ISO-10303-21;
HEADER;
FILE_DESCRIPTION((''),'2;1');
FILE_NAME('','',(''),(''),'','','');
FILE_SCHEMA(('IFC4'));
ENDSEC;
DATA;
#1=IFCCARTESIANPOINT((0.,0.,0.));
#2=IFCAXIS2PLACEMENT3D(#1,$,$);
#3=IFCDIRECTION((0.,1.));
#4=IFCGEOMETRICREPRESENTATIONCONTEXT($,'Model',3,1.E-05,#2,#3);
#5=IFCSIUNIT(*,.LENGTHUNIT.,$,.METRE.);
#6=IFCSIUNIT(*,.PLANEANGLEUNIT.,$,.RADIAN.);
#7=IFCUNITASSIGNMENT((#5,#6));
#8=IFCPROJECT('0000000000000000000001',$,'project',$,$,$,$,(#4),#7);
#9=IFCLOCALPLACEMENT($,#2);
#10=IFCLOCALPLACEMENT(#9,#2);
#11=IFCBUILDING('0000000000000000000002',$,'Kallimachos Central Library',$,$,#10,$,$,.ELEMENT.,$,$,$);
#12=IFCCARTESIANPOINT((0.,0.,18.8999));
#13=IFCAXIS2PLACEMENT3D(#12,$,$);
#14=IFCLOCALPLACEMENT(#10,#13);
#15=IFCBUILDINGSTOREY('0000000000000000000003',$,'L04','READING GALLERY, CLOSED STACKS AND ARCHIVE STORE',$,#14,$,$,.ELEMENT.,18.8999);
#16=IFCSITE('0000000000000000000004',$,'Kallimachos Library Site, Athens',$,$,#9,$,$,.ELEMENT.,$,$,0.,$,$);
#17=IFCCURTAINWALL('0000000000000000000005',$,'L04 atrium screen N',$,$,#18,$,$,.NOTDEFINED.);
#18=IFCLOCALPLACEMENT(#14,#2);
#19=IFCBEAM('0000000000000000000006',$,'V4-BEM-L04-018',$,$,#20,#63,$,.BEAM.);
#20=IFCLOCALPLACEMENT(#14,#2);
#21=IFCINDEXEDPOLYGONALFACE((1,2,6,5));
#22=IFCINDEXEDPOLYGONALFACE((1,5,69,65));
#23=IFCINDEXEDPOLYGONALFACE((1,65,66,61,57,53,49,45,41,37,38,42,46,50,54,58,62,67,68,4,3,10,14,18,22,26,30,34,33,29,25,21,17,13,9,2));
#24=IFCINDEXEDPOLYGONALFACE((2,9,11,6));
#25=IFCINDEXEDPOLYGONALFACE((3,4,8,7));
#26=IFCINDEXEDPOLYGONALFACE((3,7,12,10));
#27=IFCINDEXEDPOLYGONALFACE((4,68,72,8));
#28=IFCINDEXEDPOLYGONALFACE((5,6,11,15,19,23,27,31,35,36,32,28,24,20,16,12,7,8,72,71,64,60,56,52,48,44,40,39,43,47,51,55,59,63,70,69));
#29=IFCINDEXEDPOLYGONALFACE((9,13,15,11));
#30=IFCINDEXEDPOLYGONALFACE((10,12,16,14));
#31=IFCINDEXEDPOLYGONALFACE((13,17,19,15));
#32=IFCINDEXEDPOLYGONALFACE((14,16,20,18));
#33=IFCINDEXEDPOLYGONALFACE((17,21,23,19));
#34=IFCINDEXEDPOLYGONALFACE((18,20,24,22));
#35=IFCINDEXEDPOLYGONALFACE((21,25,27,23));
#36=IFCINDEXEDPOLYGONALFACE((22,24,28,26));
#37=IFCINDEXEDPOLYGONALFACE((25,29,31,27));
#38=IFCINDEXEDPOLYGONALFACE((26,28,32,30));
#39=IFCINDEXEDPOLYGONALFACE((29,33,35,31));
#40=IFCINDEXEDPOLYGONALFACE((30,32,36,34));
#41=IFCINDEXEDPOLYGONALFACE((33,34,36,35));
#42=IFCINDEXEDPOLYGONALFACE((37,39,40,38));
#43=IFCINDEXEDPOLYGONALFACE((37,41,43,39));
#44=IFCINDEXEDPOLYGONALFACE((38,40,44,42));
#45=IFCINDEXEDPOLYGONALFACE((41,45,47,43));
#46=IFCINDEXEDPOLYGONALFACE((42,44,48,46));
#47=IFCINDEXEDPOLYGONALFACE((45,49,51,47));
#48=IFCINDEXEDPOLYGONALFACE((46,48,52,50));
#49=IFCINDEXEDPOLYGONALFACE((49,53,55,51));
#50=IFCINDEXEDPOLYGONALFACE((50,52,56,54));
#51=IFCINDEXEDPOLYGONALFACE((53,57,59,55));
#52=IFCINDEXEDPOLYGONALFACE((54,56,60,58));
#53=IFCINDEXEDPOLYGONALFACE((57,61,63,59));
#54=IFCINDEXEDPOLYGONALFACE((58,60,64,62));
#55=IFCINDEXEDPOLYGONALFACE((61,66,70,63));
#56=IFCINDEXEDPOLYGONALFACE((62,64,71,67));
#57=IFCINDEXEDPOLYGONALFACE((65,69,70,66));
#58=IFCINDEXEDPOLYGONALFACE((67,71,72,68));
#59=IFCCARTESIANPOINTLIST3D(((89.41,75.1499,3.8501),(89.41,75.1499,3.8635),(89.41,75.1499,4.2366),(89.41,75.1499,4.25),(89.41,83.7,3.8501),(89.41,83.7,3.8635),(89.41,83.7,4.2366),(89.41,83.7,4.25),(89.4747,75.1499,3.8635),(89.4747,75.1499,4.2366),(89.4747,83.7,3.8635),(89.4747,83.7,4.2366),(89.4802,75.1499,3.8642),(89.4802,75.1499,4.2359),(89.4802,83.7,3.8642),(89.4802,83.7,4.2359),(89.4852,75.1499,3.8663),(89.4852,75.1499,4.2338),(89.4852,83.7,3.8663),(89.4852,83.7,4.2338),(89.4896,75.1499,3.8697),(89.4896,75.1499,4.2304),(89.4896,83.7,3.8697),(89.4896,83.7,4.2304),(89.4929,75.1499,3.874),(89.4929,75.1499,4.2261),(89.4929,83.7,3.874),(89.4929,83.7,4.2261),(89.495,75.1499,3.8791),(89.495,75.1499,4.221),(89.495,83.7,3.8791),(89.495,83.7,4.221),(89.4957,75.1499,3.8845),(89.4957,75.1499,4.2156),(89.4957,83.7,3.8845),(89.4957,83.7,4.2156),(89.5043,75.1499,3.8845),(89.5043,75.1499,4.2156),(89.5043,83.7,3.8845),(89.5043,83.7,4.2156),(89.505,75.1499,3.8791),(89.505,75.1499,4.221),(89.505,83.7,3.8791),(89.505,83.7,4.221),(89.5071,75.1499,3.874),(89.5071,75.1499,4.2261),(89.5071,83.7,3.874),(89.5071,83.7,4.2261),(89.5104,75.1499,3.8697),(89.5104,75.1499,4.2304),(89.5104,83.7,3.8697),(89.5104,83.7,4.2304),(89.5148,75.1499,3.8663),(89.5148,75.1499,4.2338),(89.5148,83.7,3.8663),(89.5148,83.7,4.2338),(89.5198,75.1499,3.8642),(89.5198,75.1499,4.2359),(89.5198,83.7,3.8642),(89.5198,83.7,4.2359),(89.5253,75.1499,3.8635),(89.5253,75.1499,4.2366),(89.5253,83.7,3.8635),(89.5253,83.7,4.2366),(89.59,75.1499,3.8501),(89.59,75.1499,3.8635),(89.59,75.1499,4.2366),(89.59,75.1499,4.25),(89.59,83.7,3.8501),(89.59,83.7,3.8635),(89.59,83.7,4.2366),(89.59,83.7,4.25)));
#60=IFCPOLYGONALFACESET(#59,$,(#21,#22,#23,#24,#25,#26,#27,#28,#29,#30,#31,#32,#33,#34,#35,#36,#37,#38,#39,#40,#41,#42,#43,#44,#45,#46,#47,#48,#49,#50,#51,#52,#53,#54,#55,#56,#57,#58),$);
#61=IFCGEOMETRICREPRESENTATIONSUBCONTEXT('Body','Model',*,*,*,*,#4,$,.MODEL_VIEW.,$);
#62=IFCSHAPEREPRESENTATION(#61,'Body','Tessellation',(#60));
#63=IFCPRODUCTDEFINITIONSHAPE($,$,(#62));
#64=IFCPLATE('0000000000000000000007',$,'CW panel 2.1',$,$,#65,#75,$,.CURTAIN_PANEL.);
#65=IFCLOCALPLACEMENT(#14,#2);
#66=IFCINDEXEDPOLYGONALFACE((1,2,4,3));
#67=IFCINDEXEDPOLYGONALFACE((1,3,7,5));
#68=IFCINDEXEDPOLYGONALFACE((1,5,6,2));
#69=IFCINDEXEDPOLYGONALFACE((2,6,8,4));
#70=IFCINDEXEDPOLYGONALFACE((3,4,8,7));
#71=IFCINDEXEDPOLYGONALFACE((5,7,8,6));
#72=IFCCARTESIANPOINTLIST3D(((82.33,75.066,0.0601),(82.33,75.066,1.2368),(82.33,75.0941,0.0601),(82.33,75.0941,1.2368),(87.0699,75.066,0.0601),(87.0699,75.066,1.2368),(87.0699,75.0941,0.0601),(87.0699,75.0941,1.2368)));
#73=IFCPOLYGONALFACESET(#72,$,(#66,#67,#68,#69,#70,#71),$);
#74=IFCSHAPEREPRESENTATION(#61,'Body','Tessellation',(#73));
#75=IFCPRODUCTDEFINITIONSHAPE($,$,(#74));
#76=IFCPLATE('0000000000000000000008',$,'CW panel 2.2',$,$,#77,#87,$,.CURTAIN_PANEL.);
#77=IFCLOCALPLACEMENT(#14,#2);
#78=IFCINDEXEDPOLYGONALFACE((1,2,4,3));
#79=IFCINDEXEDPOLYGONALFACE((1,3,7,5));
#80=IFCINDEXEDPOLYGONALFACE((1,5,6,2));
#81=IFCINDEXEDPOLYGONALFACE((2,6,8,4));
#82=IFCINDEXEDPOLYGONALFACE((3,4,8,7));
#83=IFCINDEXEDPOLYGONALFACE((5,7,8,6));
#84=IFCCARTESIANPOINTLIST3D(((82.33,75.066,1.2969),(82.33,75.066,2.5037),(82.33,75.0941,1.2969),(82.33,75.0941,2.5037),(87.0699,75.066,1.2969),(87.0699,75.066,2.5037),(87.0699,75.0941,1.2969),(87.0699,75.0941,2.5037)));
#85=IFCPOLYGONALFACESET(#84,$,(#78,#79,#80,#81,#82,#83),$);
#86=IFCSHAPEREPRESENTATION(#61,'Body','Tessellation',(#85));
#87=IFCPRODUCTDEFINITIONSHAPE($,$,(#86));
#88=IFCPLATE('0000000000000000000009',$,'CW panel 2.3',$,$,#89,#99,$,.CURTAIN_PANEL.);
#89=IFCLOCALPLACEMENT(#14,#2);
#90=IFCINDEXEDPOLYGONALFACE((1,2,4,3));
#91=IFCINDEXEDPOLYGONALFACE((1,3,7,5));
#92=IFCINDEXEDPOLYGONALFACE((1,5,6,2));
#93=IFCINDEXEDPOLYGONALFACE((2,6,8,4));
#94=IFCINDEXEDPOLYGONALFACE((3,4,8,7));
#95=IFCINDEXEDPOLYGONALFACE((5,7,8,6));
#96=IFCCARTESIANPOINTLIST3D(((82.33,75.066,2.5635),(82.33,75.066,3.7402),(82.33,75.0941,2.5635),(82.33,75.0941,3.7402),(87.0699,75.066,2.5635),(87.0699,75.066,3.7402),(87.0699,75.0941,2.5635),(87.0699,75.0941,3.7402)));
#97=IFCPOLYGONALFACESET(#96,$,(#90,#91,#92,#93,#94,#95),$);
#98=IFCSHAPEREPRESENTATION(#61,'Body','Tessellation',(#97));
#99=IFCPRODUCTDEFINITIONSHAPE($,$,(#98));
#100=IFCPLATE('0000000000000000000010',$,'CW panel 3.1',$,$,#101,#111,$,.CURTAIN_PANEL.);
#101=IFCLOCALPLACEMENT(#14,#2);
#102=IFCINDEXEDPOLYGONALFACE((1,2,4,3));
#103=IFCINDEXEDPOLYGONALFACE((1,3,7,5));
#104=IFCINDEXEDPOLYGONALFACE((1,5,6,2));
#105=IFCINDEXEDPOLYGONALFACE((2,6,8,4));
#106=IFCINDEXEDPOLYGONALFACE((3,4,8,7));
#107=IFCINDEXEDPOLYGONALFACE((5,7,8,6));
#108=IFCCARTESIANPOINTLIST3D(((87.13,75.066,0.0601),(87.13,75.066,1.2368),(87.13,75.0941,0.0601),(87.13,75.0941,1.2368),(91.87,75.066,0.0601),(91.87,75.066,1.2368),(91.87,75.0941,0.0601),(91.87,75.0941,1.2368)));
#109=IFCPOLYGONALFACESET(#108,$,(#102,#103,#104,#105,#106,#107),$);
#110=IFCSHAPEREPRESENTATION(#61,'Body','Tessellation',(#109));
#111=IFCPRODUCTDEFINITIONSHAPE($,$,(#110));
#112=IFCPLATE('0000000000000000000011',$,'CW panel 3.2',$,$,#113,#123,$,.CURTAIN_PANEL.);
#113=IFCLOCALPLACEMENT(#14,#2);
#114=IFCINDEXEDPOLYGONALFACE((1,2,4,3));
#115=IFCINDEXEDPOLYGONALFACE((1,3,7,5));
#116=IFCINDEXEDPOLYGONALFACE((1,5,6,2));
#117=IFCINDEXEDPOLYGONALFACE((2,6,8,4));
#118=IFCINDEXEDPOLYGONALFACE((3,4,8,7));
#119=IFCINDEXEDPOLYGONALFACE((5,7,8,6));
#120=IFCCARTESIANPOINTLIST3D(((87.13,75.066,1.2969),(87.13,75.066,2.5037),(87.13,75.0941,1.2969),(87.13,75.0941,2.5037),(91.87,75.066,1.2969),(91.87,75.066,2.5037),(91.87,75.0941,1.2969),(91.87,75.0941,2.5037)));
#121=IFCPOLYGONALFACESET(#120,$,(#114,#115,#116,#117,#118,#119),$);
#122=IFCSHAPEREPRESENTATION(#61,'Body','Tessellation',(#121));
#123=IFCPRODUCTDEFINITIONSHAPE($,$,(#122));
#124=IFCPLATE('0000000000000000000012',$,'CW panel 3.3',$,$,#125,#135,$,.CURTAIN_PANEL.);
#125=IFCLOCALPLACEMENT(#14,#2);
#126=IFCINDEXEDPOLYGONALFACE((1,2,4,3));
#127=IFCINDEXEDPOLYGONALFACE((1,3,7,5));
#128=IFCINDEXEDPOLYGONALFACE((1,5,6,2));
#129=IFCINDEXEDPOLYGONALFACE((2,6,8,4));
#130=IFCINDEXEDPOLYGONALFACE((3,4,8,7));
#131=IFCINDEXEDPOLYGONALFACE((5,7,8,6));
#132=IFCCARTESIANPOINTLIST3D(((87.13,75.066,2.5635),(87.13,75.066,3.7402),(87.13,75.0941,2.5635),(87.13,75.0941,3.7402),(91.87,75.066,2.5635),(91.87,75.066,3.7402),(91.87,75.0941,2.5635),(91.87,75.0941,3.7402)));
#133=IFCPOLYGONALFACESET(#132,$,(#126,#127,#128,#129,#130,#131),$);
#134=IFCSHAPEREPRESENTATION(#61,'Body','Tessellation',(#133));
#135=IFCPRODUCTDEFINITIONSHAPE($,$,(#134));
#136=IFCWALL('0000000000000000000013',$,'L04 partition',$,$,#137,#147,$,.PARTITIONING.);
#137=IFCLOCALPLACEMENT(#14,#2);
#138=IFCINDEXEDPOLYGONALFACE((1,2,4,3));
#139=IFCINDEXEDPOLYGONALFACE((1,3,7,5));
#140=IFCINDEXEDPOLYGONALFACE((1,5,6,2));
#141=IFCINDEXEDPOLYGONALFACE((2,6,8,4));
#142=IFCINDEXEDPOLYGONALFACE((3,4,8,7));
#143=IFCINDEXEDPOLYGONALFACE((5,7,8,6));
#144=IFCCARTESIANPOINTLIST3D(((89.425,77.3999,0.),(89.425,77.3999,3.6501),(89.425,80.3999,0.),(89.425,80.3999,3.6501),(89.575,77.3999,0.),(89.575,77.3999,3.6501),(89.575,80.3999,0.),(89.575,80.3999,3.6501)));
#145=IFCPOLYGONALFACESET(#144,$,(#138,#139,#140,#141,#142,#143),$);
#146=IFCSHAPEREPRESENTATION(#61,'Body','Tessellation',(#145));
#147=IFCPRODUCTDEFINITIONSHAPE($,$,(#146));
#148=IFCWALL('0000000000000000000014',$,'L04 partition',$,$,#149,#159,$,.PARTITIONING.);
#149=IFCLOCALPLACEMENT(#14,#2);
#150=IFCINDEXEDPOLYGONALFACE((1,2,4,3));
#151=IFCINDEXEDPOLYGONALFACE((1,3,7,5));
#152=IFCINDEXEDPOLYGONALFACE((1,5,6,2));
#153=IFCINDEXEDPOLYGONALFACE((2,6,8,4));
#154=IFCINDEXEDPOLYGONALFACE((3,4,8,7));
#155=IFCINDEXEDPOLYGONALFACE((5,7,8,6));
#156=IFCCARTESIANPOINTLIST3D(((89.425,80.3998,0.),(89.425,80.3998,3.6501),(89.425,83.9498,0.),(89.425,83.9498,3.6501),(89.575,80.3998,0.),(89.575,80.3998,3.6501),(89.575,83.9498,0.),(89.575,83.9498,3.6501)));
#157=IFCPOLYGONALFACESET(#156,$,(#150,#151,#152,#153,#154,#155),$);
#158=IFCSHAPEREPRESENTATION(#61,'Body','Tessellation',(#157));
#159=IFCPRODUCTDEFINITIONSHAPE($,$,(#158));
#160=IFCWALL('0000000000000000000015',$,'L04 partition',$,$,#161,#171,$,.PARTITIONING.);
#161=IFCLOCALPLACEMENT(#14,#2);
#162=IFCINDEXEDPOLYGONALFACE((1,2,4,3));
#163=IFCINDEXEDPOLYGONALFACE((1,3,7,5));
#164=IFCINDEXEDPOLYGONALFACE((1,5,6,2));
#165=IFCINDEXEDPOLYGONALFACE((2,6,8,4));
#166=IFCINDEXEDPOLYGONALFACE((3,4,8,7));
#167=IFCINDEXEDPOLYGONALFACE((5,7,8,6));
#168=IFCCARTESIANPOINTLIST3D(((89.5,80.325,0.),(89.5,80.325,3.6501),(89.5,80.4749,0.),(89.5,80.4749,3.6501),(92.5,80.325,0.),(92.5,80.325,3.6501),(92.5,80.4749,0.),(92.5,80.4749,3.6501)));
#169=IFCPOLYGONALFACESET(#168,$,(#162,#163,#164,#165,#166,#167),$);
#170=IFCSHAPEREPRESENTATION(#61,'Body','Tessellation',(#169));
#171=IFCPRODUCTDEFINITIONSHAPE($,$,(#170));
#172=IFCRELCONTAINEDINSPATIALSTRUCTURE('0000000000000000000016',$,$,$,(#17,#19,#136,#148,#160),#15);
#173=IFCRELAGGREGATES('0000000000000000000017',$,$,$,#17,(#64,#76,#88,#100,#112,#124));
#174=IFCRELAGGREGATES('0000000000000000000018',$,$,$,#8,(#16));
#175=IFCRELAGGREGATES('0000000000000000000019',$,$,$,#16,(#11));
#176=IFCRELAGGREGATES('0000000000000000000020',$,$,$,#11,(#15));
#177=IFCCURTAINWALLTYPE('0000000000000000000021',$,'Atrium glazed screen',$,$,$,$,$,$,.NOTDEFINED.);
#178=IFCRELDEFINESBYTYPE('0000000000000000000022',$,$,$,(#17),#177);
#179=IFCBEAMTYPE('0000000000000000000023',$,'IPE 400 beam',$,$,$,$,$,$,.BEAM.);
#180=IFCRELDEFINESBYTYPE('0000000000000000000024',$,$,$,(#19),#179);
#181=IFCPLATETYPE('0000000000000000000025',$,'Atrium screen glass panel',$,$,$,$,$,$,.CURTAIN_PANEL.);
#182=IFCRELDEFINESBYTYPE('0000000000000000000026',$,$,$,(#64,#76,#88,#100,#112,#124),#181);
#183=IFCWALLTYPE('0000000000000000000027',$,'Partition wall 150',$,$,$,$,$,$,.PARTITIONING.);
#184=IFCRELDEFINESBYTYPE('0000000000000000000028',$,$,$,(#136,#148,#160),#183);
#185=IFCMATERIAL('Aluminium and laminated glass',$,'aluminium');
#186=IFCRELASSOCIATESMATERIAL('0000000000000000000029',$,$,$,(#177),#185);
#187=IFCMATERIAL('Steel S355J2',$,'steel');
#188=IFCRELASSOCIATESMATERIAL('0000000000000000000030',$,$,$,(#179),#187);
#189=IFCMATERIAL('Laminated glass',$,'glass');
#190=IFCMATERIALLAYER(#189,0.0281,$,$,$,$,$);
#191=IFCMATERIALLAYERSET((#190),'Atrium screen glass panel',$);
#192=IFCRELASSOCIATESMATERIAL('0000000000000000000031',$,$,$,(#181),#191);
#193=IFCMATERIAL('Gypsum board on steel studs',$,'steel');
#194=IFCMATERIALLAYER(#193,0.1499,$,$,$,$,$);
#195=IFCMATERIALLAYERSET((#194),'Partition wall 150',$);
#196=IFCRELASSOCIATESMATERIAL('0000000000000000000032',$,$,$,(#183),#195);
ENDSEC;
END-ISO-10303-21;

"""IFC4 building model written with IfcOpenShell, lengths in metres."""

from ifc_helpers import new_model, si_unit, direction, frame, frame_2d, origin, origin_2d, place, context, subcontext, project, spatial, rectangle, i_section, extrude, material, layer, layer_set, material_profile, profile_set, type_object, element, aggregate, save


model = new_model("IFC4")

# Units and contexts
model_context = context("Model", 3, precision=1e-05, world=origin(), true_north=direction((0.0, 1.0)))
body_context = subcontext(model_context, "Body", "Model", "MODEL_VIEW")
ifc_project = project(units=[si_unit("LENGTHUNIT", "METRE"), si_unit("PLANEANGLEUNIT", "RADIAN")], contexts=[model_context])

# Site, building, storey
site_placement = place(None, origin())
site = spatial("IfcSite", under=ifc_project, at=site_placement, Name="Kallimachos Library Site, Athens", CompositionType="ELEMENT", RefElevation=0.0)
building_placement = place(site_placement, origin())
building = spatial("IfcBuilding", under=site, at=building_placement, Name="Kallimachos Central Library", CompositionType="ELEMENT")
storey_placement = place(building_placement, frame((0.0, 0.0, 18.8999)))
storey = spatial("IfcBuildingStorey", under=building, at=storey_placement, Name="L04", Description="READING GALLERY, CLOSED STACKS AND ARCHIVE STORE", CompositionType="ELEMENT", Elevation=18.8999)

# Curtain wall
ifc_material_1 = material(Name="Aluminium and laminated glass", Category="aluminium")
curtain_wall_type = type_object("IfcCurtainWallType", Name="Atrium glazed screen", PredefinedType="NOTDEFINED", material=ifc_material_1)
curtain_wall_placement = place(storey_placement, origin())
curtain_wall = element("IfcCurtainWall", 1, at=curtain_wall_placement, inside=storey, type_object=curtain_wall_type, Name="L04 atrium screen N", PredefinedType="NOTDEFINED")

# Beam
ifc_material_2 = material(Name="Steel S355J2", Category="steel")
ifc_material_profile_1 = material_profile(ifc_material_2, i_section(OverallWidth=0.1799, OverallDepth=0.3999, WebThickness=0.0085, FlangeThickness=0.0134, FilletRadius=0.021, at=origin_2d()), Name="IPE 400")
ifc_profile_set_1 = profile_set([ifc_material_profile_1], Name="Steel S355J2")
beam_type_1 = type_object("IfcBeamType", Name="IPE 400 beam", PredefinedType="BEAM", material=ifc_profile_set_1)
for number, where, z_axis, x_axis, name in (
    (2, (89.5, 75.1499, 4.05), (0.0, 1.0, 0.0), (-1.0, 0.0, 0.0), "V4-BEM-L04-018"),
):
    element("IfcBeam", number, at=place(storey_placement, frame(where, z_axis=z_axis, x_axis=x_axis)), inside=storey, type_object=beam_type_1, Name=name, PredefinedType="BEAM", context=body_context, shape_type="SweptSolid", body=[
        extrude(i_section(OverallWidth=0.1799, OverallDepth=0.3999, WebThickness=0.0085, FlangeThickness=0.0134, FilletRadius=0.021, at=origin_2d()), origin(), (0.0, 0.0, 1.0), 8.55),
    ])

# Plates
ifc_material_3 = material(Name="Laminated glass", Category="glass")
ifc_layer_1 = layer(ifc_material_3, 0.0281)
ifc_layer_set_1 = layer_set([ifc_layer_1], Name="Atrium screen glass panel")
plate_type = type_object("IfcPlateType", Name="Atrium screen glass panel", PredefinedType="CURTAIN_PANEL", material=ifc_layer_set_1)
plate_1_placement = place(storey_placement, frame((84.7, 75.0801, 0.0601), z_axis=(0.0, 0.0, 1.0), x_axis=(1.0, 0.0, 0.0)))
plate_1 = element("IfcPlate", 3, at=plate_1_placement, type_object=plate_type, Name="CW panel 2.1", PredefinedType="CURTAIN_PANEL", context=body_context, shape_type="SweptSolid", body=[
    extrude(rectangle(XDim=4.74, YDim=0.0281, at=origin_2d()), origin(), (0.0, 0.0, 1.0), 1.1768),
])
plate_2_placement = place(storey_placement, frame((84.7, 75.0801, 1.2969), z_axis=(0.0, 0.0, 1.0), x_axis=(1.0, 0.0, 0.0)))
plate_2 = element("IfcPlate", 4, at=plate_2_placement, type_object=plate_type, Name="CW panel 2.2", PredefinedType="CURTAIN_PANEL", context=body_context, shape_type="SweptSolid", body=[
    extrude(rectangle(XDim=4.74, YDim=0.0281, at=origin_2d()), origin(), (0.0, 0.0, 1.0), 1.2068),
])
plate_3_placement = place(storey_placement, frame((84.7, 75.0801, 2.5635), z_axis=(0.0, 0.0, 1.0), x_axis=(1.0, 0.0, 0.0)))
plate_3 = element("IfcPlate", 5, at=plate_3_placement, type_object=plate_type, Name="CW panel 2.3", PredefinedType="CURTAIN_PANEL", context=body_context, shape_type="SweptSolid", body=[
    extrude(rectangle(XDim=4.74, YDim=0.0281, at=origin_2d()), origin(), (0.0, 0.0, 1.0), 1.1768),
])
plate_4_placement = place(storey_placement, frame((89.5, 75.0801, 0.0601), z_axis=(0.0, 0.0, 1.0), x_axis=(1.0, 0.0, 0.0)))
plate_4 = element("IfcPlate", 6, at=plate_4_placement, type_object=plate_type, Name="CW panel 3.1", PredefinedType="CURTAIN_PANEL", context=body_context, shape_type="SweptSolid", body=[
    extrude(rectangle(XDim=4.74, YDim=0.0281, at=origin_2d()), origin(), (0.0, 0.0, 1.0), 1.1768),
])
plate_5_placement = place(storey_placement, frame((89.5, 75.0801, 1.2969), z_axis=(0.0, 0.0, 1.0), x_axis=(1.0, 0.0, 0.0)))
plate_5 = element("IfcPlate", 7, at=plate_5_placement, type_object=plate_type, Name="CW panel 3.2", PredefinedType="CURTAIN_PANEL", context=body_context, shape_type="SweptSolid", body=[
    extrude(rectangle(XDim=4.74, YDim=0.0281, at=origin_2d()), origin(), (0.0, 0.0, 1.0), 1.2068),
])
plate_6_placement = place(storey_placement, frame((89.5, 75.0801, 2.5635), z_axis=(0.0, 0.0, 1.0), x_axis=(1.0, 0.0, 0.0)))
plate_6 = element("IfcPlate", 8, at=plate_6_placement, type_object=plate_type, Name="CW panel 3.3", PredefinedType="CURTAIN_PANEL", context=body_context, shape_type="SweptSolid", body=[
    extrude(rectangle(XDim=4.74, YDim=0.0281, at=origin_2d()), origin(), (0.0, 0.0, 1.0), 1.1768),
])
aggregate(curtain_wall, [plate_1, plate_2, plate_3, plate_4, plate_5, plate_6])

# Walls
ifc_material_4 = material(Name="Gypsum board on steel studs", Category="steel")
ifc_layer_2 = layer(ifc_material_4, 0.1499)
ifc_layer_set_2 = layer_set([ifc_layer_2], Name="Partition wall 150")
wall_type = type_object("IfcWallType", Name="Partition wall 150", PredefinedType="PARTITIONING", material=ifc_layer_set_2)
wall_1_placement = place(storey_placement, frame((89.5, 77.3999, 0.0), z_axis=(0.0, 0.0, 1.0), x_axis=(0.0, 1.0, 0.0)))
element("IfcWall", 9, at=wall_1_placement, inside=storey, type_object=wall_type, Name="L04 partition", PredefinedType="PARTITIONING", context=body_context, shape_type="SweptSolid", body=[
    extrude(rectangle(XDim=3.0, YDim=0.1499, at=frame_2d((1.5, 0.0))), origin(), (0.0, 0.0, 1.0), 3.6501),
])
wall_2_placement = place(storey_placement, frame((89.5, 80.3999, 0.0), z_axis=(0.0, 0.0, 1.0), x_axis=(0.0, 1.0, 0.0)))
element("IfcWall", 10, at=wall_2_placement, inside=storey, type_object=wall_type, Name="L04 partition", PredefinedType="PARTITIONING", context=body_context, shape_type="SweptSolid", body=[
    extrude(rectangle(XDim=3.55, YDim=0.1499, at=frame_2d((1.7749, 0.0))), origin(), (0.0, 0.0, 1.0), 3.6501),
])
wall_3_placement = place(storey_placement, frame((89.5, 80.3999, 0.0), z_axis=(0.0, 0.0, 1.0), x_axis=(1.0, 0.0, 0.0)))
element("IfcWall", 11, at=wall_3_placement, inside=storey, type_object=wall_type, Name="L04 partition", PredefinedType="PARTITIONING", context=body_context, shape_type="SweptSolid", body=[
    extrude(rectangle(XDim=3.0, YDim=0.1499, at=frame_2d((1.5, 0.0))), origin(), (0.0, 0.0, 1.0), 3.6501),
])

save(model, "model.ifc")
